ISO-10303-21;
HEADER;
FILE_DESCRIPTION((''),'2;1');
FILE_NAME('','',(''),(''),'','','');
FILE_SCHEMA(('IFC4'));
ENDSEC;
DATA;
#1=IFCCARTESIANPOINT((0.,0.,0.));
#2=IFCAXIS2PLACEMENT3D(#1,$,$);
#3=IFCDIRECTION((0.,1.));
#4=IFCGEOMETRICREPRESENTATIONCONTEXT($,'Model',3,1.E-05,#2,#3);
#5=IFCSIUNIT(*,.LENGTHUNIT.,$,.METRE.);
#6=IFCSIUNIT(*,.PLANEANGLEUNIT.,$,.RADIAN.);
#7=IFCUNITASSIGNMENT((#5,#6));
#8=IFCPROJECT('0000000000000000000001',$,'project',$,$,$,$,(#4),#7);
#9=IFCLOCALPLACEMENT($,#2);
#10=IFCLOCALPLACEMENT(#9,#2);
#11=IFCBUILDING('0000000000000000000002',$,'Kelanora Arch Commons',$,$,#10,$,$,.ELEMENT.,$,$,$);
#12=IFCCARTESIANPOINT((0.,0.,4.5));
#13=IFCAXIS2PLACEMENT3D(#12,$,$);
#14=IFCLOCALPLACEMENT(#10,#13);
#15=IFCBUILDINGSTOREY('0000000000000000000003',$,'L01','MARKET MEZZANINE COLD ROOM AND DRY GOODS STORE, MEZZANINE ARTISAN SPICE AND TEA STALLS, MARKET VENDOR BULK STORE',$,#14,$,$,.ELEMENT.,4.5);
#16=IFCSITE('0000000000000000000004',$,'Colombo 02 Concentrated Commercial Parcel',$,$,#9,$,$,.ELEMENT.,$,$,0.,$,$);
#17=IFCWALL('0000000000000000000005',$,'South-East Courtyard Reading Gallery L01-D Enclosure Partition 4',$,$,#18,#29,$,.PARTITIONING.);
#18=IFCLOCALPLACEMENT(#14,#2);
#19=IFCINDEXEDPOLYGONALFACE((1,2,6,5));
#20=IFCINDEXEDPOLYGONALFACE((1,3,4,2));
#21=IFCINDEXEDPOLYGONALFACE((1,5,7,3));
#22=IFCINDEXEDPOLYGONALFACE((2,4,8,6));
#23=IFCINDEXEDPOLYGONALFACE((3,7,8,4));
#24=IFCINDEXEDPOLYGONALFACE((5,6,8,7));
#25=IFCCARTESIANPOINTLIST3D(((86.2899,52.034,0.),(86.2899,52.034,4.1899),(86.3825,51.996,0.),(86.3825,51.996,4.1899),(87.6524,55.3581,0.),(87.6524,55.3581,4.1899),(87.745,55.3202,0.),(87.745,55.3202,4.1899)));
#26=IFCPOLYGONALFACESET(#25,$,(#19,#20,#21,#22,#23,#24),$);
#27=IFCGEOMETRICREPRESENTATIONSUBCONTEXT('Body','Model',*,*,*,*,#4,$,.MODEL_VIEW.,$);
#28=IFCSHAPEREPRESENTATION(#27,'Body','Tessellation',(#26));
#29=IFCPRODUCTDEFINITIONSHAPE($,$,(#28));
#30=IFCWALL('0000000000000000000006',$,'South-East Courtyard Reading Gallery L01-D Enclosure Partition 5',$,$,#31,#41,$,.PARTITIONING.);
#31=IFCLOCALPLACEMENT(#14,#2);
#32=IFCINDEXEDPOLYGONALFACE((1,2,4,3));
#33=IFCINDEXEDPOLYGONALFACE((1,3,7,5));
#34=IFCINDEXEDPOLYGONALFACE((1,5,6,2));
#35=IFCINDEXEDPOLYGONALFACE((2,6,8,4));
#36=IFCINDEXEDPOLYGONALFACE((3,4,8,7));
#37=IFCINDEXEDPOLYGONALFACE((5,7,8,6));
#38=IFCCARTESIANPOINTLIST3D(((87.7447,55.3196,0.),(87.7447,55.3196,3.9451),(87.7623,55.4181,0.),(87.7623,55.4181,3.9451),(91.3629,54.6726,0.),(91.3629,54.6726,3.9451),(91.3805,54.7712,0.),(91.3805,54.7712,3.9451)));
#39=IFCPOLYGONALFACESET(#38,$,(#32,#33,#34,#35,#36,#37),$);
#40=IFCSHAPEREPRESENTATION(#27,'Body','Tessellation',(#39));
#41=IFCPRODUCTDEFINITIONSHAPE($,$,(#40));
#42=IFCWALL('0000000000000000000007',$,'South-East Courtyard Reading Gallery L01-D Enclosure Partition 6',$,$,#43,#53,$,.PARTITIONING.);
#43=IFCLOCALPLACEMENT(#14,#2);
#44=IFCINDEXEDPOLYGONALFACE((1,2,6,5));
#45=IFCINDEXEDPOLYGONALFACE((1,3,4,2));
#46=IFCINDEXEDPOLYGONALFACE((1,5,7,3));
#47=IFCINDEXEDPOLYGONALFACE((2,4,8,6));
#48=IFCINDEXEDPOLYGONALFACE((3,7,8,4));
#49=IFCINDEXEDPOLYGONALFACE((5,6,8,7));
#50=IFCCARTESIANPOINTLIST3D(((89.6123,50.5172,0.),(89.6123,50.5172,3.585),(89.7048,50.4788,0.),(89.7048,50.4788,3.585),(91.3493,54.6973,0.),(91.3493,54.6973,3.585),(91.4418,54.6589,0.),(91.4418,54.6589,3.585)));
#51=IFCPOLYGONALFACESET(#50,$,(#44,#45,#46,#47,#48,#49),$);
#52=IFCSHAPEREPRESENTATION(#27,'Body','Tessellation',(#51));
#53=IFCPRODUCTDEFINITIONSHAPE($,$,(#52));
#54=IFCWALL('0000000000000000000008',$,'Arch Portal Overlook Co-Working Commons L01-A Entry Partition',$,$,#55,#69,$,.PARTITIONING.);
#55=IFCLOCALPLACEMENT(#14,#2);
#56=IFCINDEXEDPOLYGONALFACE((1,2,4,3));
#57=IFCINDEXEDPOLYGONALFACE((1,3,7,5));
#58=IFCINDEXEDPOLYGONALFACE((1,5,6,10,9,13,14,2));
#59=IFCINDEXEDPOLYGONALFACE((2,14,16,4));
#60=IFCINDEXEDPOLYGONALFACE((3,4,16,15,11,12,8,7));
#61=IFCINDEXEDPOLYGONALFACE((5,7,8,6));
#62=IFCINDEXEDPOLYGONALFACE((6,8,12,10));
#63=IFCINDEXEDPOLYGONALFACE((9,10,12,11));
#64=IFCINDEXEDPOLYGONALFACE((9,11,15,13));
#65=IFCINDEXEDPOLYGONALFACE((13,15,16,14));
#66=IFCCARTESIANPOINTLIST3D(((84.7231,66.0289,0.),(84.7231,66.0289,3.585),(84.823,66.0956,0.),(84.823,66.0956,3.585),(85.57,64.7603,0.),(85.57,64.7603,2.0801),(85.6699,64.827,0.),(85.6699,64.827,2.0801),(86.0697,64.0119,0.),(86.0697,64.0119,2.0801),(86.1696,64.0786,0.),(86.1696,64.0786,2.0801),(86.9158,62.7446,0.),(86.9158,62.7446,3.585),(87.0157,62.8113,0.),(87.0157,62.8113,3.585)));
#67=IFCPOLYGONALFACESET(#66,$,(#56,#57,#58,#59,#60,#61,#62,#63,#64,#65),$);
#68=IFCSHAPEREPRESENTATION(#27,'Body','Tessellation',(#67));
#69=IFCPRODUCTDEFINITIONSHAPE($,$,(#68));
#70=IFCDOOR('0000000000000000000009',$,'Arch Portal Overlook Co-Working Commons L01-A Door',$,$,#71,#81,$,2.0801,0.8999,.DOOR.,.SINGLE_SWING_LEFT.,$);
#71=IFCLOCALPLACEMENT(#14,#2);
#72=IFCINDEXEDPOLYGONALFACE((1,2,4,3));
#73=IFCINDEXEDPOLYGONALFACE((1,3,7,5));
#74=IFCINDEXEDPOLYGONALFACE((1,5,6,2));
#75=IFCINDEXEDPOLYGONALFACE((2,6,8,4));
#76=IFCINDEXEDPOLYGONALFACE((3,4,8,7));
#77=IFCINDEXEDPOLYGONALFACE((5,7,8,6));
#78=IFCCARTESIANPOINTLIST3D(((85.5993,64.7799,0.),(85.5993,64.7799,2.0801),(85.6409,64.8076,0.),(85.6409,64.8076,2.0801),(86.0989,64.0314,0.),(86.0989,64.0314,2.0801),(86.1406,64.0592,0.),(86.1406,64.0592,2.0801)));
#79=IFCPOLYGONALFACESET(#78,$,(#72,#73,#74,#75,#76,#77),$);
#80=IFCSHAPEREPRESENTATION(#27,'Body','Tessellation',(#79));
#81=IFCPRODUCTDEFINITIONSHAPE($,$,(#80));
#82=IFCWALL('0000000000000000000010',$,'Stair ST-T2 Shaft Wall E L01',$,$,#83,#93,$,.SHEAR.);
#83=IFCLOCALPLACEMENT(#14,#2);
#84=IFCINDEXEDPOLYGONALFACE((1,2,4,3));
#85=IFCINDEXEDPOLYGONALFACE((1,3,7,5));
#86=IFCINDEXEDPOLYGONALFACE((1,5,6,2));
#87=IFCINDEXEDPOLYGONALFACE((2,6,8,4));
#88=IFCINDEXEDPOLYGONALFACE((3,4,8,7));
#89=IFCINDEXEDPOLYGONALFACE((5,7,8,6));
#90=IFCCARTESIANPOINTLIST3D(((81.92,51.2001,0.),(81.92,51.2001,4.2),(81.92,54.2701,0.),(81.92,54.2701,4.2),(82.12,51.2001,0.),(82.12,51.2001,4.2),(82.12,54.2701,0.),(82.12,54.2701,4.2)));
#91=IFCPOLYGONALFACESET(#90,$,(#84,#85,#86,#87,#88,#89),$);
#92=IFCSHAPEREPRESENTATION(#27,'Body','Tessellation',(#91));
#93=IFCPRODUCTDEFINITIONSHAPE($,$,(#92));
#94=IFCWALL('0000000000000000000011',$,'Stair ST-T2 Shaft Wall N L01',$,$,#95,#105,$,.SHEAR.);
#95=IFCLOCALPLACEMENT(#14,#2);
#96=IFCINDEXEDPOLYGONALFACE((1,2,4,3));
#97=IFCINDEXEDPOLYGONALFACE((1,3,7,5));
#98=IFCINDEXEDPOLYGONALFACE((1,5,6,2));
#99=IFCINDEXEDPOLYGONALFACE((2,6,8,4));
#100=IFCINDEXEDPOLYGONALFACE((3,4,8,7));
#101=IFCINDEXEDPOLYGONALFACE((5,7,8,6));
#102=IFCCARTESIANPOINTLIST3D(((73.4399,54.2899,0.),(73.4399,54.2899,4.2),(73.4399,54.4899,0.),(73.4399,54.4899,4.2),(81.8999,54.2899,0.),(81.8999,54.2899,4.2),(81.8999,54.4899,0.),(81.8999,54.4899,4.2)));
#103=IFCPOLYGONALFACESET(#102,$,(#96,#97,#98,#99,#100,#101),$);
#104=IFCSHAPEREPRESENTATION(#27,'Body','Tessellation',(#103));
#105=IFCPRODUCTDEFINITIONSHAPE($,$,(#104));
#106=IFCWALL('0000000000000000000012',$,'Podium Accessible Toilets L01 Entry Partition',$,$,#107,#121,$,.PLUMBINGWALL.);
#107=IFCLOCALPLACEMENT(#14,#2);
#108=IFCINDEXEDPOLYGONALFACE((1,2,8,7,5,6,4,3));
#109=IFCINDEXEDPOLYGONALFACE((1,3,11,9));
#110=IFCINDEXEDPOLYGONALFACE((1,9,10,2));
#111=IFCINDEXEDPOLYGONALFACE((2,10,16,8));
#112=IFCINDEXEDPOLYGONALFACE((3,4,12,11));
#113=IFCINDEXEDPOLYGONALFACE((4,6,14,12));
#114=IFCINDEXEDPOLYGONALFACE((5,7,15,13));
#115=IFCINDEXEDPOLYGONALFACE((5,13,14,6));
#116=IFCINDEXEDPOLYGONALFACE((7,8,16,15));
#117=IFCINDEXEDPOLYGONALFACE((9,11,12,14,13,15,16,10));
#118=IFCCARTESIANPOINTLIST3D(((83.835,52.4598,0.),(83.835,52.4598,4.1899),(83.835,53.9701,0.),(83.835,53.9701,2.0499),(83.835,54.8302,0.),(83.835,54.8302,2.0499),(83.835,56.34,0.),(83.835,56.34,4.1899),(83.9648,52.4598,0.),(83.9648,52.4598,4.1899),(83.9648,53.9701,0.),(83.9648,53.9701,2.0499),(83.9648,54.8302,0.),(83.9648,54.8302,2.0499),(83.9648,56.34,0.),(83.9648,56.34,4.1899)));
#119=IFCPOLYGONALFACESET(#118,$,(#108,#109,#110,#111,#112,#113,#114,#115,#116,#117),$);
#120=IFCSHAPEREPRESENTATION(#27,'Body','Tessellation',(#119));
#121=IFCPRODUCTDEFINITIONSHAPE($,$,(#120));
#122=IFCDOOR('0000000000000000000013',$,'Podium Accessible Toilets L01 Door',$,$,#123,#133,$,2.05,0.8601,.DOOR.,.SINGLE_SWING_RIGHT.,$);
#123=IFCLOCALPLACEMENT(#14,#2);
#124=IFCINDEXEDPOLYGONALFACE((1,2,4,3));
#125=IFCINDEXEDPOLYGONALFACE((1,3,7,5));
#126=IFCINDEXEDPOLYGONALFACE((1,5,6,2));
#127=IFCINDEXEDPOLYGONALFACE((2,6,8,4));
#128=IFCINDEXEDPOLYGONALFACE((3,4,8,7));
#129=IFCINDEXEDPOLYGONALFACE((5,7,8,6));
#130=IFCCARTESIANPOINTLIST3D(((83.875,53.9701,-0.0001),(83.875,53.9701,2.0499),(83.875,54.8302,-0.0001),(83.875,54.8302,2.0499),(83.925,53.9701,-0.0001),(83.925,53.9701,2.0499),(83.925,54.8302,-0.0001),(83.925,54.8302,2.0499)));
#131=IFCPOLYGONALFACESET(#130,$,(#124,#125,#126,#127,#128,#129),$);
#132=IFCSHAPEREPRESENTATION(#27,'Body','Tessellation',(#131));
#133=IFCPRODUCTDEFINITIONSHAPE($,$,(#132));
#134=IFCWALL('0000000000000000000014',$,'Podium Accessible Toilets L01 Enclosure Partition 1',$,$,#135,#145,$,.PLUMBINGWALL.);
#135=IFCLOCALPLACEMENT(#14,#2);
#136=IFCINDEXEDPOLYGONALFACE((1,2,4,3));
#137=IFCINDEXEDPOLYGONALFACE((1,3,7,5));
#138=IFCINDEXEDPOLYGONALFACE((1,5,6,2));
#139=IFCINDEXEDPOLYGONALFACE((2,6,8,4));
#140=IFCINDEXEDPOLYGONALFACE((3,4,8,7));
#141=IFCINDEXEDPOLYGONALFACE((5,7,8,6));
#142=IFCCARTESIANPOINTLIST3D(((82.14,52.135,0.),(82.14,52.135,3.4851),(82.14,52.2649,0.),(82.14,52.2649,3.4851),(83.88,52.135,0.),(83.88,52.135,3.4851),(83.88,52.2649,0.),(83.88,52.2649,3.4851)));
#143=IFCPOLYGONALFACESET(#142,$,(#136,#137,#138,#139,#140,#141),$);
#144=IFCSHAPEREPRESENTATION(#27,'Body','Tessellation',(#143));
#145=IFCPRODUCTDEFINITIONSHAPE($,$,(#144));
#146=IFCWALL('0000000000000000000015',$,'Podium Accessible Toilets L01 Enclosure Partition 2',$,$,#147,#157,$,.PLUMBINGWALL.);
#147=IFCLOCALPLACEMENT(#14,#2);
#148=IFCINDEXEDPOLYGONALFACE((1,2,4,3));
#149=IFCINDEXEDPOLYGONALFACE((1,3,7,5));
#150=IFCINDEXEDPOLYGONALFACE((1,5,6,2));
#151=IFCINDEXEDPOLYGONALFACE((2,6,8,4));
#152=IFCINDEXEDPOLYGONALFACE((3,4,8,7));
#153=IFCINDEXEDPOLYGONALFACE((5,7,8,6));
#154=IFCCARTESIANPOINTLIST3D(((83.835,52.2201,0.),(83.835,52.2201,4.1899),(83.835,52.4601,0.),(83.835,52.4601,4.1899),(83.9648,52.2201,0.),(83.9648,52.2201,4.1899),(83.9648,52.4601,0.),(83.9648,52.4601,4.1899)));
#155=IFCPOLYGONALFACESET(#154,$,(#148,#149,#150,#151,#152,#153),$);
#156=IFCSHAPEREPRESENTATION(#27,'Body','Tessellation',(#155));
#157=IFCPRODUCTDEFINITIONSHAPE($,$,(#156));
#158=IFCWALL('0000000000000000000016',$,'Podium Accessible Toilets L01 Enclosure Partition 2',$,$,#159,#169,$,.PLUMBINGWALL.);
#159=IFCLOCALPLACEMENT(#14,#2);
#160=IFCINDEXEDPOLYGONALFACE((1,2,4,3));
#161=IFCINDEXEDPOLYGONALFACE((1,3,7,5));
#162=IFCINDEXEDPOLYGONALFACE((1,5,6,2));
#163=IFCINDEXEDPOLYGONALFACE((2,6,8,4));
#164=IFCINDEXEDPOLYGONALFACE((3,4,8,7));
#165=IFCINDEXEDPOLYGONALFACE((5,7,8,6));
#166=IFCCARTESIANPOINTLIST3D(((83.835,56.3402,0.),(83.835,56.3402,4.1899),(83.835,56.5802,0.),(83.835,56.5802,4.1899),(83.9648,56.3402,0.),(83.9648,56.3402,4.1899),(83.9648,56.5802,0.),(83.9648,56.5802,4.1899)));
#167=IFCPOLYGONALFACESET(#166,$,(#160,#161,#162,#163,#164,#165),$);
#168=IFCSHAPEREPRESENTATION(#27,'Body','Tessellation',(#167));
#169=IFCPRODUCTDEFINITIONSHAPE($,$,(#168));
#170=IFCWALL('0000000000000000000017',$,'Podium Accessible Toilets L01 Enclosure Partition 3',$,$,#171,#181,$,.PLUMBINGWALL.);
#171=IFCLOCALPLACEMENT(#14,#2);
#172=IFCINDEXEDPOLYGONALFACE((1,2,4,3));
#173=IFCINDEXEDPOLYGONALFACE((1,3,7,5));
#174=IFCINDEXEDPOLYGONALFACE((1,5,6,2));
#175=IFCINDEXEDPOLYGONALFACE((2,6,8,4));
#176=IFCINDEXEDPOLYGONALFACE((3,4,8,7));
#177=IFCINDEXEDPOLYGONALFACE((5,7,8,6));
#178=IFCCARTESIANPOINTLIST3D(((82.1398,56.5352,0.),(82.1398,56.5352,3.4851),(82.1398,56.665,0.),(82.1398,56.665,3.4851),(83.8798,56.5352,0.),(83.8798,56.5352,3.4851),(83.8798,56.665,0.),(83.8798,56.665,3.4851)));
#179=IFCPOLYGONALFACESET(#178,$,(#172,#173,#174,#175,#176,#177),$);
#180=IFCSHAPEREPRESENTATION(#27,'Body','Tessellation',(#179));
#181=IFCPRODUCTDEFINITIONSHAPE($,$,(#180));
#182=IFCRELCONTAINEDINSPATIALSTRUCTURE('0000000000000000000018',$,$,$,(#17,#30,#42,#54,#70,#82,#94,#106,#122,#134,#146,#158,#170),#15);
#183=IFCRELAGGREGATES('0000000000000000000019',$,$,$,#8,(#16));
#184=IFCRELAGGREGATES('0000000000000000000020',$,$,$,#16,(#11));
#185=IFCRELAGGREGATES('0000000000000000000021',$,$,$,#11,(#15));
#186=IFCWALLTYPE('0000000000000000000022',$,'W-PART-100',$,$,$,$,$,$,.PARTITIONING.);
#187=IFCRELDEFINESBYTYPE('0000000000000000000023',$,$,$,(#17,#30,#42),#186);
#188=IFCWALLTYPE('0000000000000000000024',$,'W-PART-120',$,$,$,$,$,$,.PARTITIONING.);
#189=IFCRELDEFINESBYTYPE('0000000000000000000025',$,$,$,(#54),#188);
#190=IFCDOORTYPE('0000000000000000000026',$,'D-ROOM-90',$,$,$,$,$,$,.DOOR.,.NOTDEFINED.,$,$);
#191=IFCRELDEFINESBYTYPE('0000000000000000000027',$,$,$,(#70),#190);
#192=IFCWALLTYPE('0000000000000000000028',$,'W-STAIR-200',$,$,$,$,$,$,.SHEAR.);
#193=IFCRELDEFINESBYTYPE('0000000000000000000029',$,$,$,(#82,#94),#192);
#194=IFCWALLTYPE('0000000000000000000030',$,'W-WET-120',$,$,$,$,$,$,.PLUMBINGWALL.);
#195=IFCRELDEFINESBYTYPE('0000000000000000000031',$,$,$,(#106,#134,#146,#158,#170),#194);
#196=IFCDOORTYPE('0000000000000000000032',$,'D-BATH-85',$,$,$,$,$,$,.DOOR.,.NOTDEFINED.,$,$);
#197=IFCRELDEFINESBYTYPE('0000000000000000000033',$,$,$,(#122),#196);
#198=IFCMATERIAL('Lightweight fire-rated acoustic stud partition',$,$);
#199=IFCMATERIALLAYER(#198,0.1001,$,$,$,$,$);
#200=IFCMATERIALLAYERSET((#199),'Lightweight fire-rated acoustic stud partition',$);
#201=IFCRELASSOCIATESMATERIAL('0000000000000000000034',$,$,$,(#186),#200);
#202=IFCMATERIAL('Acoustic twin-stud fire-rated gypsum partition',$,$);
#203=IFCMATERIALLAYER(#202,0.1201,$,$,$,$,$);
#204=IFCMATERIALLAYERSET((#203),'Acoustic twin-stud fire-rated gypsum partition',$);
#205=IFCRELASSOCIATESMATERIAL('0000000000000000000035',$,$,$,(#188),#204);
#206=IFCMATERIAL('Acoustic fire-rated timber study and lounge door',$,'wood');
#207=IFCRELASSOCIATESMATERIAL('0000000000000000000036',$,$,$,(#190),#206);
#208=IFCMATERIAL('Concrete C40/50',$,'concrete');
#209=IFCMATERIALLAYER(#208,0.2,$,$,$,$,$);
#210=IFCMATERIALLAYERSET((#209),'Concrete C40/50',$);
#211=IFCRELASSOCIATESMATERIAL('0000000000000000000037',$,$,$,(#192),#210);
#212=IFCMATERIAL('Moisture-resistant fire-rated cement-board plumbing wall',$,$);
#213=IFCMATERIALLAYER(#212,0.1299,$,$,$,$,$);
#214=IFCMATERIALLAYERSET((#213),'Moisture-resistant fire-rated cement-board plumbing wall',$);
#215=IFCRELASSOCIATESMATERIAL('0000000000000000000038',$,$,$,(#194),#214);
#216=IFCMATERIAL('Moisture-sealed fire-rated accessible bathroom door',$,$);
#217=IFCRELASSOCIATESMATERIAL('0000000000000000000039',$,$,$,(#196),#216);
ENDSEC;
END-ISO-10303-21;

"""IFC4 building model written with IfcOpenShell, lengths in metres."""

from ifc_helpers import new_model, si_unit, direction, frame, frame_2d, origin, place, context, subcontext, project, spatial, rectangle, extrude, material, layer, layer_set, type_object, element, fill, save


model = new_model("IFC4")

# Units and contexts
model_context = context("Model", 3, precision=1e-05, world=origin(), true_north=direction((0.0, 1.0)))
body_context = subcontext(model_context, "Body", "Model", "MODEL_VIEW")
ifc_project = project(units=[si_unit("LENGTHUNIT", "METRE"), si_unit("PLANEANGLEUNIT", "RADIAN")], contexts=[model_context])

# Site, building, storey
site_placement = place(None, origin())
site = spatial("IfcSite", under=ifc_project, at=site_placement, Name="Colombo 02 Concentrated Commercial Parcel", CompositionType="ELEMENT", RefElevation=0.0)
building_placement = place(site_placement, origin())
building = spatial("IfcBuilding", under=site, at=building_placement, Name="Kelanora Arch Commons", CompositionType="ELEMENT")
storey_placement = place(building_placement, frame((0.0, 0.0, 4.5)))
storey = spatial("IfcBuildingStorey", under=building, at=storey_placement, Name="L01", Description="MARKET MEZZANINE COLD ROOM AND DRY GOODS STORE, MEZZANINE ARTISAN SPICE AND TEA STALLS, MARKET VENDOR BULK STORE", CompositionType="ELEMENT", Elevation=4.5)

# Walls
ifc_material_1 = material(Name="Lightweight fire-rated acoustic stud partition")
ifc_layer_1 = layer(ifc_material_1, 0.1001)
ifc_layer_set_1 = layer_set([ifc_layer_1], Name="Lightweight fire-rated acoustic stud partition")
wall_type_1 = type_object("IfcWallType", Name="W-PART-100", PredefinedType="PARTITIONING", material=ifc_layer_set_1)
wall_1_placement = place(storey_placement, frame((86.3362, 52.0149, 0.0), z_axis=(0.0, 0.0, 1.0), x_axis=(0.379263, 0.925289, 0.0)))
element("IfcWall", 1, at=wall_1_placement, inside=storey, type_object=wall_type_1, Name="South-East Courtyard Reading Gallery L01-D Enclosure Partition 4", PredefinedType="PARTITIONING", context=body_context, shape_type="SweptSolid", body=[
    extrude(rectangle(XDim=3.5925, YDim=0.1001, at=frame_2d((1.7964, 0.0))), origin(), (0.0, 0.0, 1.0), 4.1899),
])
wall_2_placement = place(storey_placement, frame((87.7534, 55.3689, 0.0), z_axis=(0.0, 0.0, 1.0), x_axis=(0.984386, -0.176021, 0.0)))
element("IfcWall", 2, at=wall_2_placement, inside=storey, type_object=wall_type_1, Name="South-East Courtyard Reading Gallery L01-D Enclosure Partition 5", PredefinedType="PARTITIONING", context=body_context, shape_type="SweptSolid", body=[
    extrude(rectangle(XDim=3.6755, YDim=0.1001, at=frame_2d((1.8379, 0.0))), origin(), (0.0, 0.0, 1.0), 3.9451),
])
wall_3_placement = place(storey_placement, frame((91.3955, 54.678, 0.0), z_axis=(0.0, 0.0, 1.0), x_axis=(-0.383734, -0.923444, 0.0)))
element("IfcWall", 3, at=wall_3_placement, inside=storey, type_object=wall_type_1, Name="South-East Courtyard Reading Gallery L01-D Enclosure Partition 6", PredefinedType="PARTITIONING", context=body_context, shape_type="SweptSolid", body=[
    extrude(rectangle(XDim=4.5266, YDim=0.1001, at=frame_2d((2.2632, 0.0))), origin(), (0.0, 0.0, 1.0), 3.585),
])

# Wall, opening, door
ifc_material_2 = material(Name="Acoustic twin-stud fire-rated gypsum partition")
ifc_layer_2 = layer(ifc_material_2, 0.1201)
ifc_layer_set_2 = layer_set([ifc_layer_2], Name="Acoustic twin-stud fire-rated gypsum partition")
wall_type_2 = type_object("IfcWallType", Name="W-PART-120", PredefinedType="PARTITIONING", material=ifc_layer_set_2)
wall_4_placement = place(storey_placement, frame((86.9658, 62.7778, 0.0), z_axis=(0.0, 0.0, 1.0), x_axis=(-0.555257, 0.831679, 0.0)))
wall_4 = element("IfcWall", 4, at=wall_4_placement, inside=storey, type_object=wall_type_2, Name="Arch Portal Overlook Co-Working Commons L01-A Entry Partition", PredefinedType="PARTITIONING", context=body_context, shape_type="SweptSolid", body=[
    extrude(rectangle(XDim=3.949, YDim=0.1201, at=frame_2d((1.9746, 0.0))), origin(), (0.0, 0.0, 1.0), 3.585),
])
opening_1_placement = place(wall_4_placement, frame((1.5239, 0.0, 0.0)))
opening_1 = element("IfcOpeningElement", 5, at=opening_1_placement, cuts=wall_4, PredefinedType="OPENING", context=body_context, shape_type="SweptSolid", body=[
    extrude(rectangle(XDim=0.8999, YDim=2.0801, at=frame_2d((0.45, 1.04))), frame((0.0, 0.0701, 0.0), z_axis=(0.0, -1.0, 0.0), x_axis=(1.0, 0.0, 0.0)), (0.0, 0.0, 1.0), 0.1401),
])
ifc_material_3 = material(Name="Acoustic fire-rated timber study and lounge door", Category="wood")
door_type_1 = type_object("IfcDoorType", Name="D-ROOM-90", OperationType="NOTDEFINED", PredefinedType="DOOR", material=ifc_material_3)
door_1_placement = place(opening_1_placement, origin())
door_1 = element("IfcDoor", 6, at=door_1_placement, inside=storey, type_object=door_type_1, Name="Arch Portal Overlook Co-Working Commons L01-A Door", OperationType="SINGLE_SWING_LEFT", OverallHeight=2.0801, OverallWidth=0.8999, PredefinedType="DOOR", context=body_context, shape_type="SweptSolid", body=[
    extrude(rectangle(XDim=0.8999, YDim=2.0801, at=frame_2d((0.45, 1.04))), frame((0.0, 0.0249, 0.0), z_axis=(0.0, -1.0, 0.0), x_axis=(1.0, 0.0, 0.0)), (0.0, 0.0, 1.0), 0.05),
])
fill(opening_1, door_1)

# Walls
ifc_material_4 = material(Name="Concrete C40/50", Category="concrete")
ifc_layer_3 = layer(ifc_material_4, 0.2)
ifc_layer_set_3 = layer_set([ifc_layer_3], Name="Concrete C40/50")
wall_type_3 = type_object("IfcWallType", Name="W-STAIR-200", PredefinedType="SHEAR", material=ifc_layer_set_3)
wall_5_placement = place(storey_placement, frame((82.02, 51.2, 0.0), z_axis=(0.0, 0.0, 1.0), x_axis=(0.0, 1.0, 0.0)))
element("IfcWall", 7, at=wall_5_placement, inside=storey, type_object=wall_type_3, Name="Stair ST-T2 Shaft Wall E L01", PredefinedType="SHEAR", context=body_context, shape_type="SweptSolid", body=[
    extrude(rectangle(XDim=3.0701, YDim=0.2, at=frame_2d((1.5352, 0.0))), origin(), (0.0, 0.0, 1.0), 4.2),
])
wall_6_placement = place(storey_placement, frame((81.8999, 54.3899, 0.0), z_axis=(0.0, 0.0, 1.0), x_axis=(-1.0, 0.0, 0.0)))
element("IfcWall", 8, at=wall_6_placement, inside=storey, type_object=wall_type_3, Name="Stair ST-T2 Shaft Wall N L01", PredefinedType="SHEAR", context=body_context, shape_type="SweptSolid", body=[
    extrude(rectangle(XDim=8.46, YDim=0.2, at=frame_2d((4.23, 0.0))), origin(), (0.0, 0.0, 1.0), 4.2),
])

# Wall, opening, door
ifc_material_5 = material(Name="Moisture-resistant fire-rated cement-board plumbing wall")
ifc_layer_4 = layer(ifc_material_5, 0.1299)
ifc_layer_set_4 = layer_set([ifc_layer_4], Name="Moisture-resistant fire-rated cement-board plumbing wall")
wall_type_4 = type_object("IfcWallType", Name="W-WET-120", PredefinedType="PLUMBINGWALL", material=ifc_layer_set_4)
wall_7_placement = place(storey_placement, frame((83.8999, 52.46, 0.0), z_axis=(0.0, 0.0, 1.0), x_axis=(0.0, 1.0, 0.0)))
wall_7 = element("IfcWall", 9, at=wall_7_placement, inside=storey, type_object=wall_type_4, Name="Podium Accessible Toilets L01 Entry Partition", PredefinedType="PLUMBINGWALL", context=body_context, shape_type="SweptSolid", body=[
    extrude(rectangle(XDim=3.8801, YDim=0.1299, at=frame_2d((1.9399, 0.0))), origin(), (0.0, 0.0, 1.0), 4.1899),
])
opening_2_placement = place(wall_7_placement, frame((1.51, 0.0, 0.0)))
opening_2 = element("IfcOpeningElement", 10, at=opening_2_placement, cuts=wall_7, PredefinedType="OPENING", context=body_context, shape_type="SweptSolid", body=[
    extrude(rectangle(XDim=0.8601, YDim=2.05, at=frame_2d((0.4302, 1.0249))), frame((0.0, 0.075, 0.0), z_axis=(0.0, -1.0, 0.0), x_axis=(1.0, 0.0, 0.0)), (0.0, 0.0, 1.0), 0.1499),
])
ifc_material_6 = material(Name="Moisture-sealed fire-rated accessible bathroom door")
door_type_2 = type_object("IfcDoorType", Name="D-BATH-85", OperationType="NOTDEFINED", PredefinedType="DOOR", material=ifc_material_6)
door_2_placement = place(opening_2_placement, origin())
door_2 = element("IfcDoor", 11, at=door_2_placement, inside=storey, type_object=door_type_2, Name="Podium Accessible Toilets L01 Door", OperationType="SINGLE_SWING_RIGHT", OverallHeight=2.05, OverallWidth=0.8601, PredefinedType="DOOR", context=body_context, shape_type="SweptSolid", body=[
    extrude(rectangle(XDim=0.8601, YDim=2.05, at=frame_2d((0.4302, 1.0249))), frame((0.0, 0.0249, 0.0), z_axis=(0.0, -1.0, 0.0), x_axis=(1.0, 0.0, 0.0)), (0.0, 0.0, 1.0), 0.05),
])
fill(opening_2, door_2)

# Walls
wall_8_placement = place(storey_placement, frame((82.1399, 52.2, 0.0), z_axis=(0.0, 0.0, 1.0), x_axis=(1.0, 0.0, 0.0)))
element("IfcWall", 12, at=wall_8_placement, inside=storey, type_object=wall_type_4, Name="Podium Accessible Toilets L01 Enclosure Partition 1", PredefinedType="PLUMBINGWALL", context=body_context, shape_type="SweptSolid", body=[
    extrude(rectangle(XDim=1.74, YDim=0.1299, at=frame_2d((0.8701, 0.0))), origin(), (0.0, 0.0, 1.0), 3.4851),
])
for number, where, z_axis, x_axis, name in (
    (13, (83.8999, 52.22, 0.0), (0.0, 0.0, 1.0), (0.0, 1.0, 0.0), "Podium Accessible Toilets L01 Enclosure Partition 2"),
    (14, (83.8999, 56.3401, 0.0), (0.0, 0.0, 1.0), (0.0, 1.0, 0.0), "Podium Accessible Toilets L01 Enclosure Partition 2"),
):
    element("IfcWall", number, at=place(storey_placement, frame(where, z_axis=z_axis, x_axis=x_axis)), inside=storey, type_object=wall_type_4, Name=name, PredefinedType="PLUMBINGWALL", context=body_context, shape_type="SweptSolid", body=[
        extrude(rectangle(XDim=0.24, YDim=0.1299, at=frame_2d((0.1201, 0.0))), origin(), (0.0, 0.0, 1.0), 4.1899),
    ])
wall_9_placement = place(storey_placement, frame((83.8799, 56.6001, 0.0), z_axis=(0.0, 0.0, 1.0), x_axis=(-1.0, 0.0, 0.0)))
element("IfcWall", 15, at=wall_9_placement, inside=storey, type_object=wall_type_4, Name="Podium Accessible Toilets L01 Enclosure Partition 3", PredefinedType="PLUMBINGWALL", context=body_context, shape_type="SweptSolid", body=[
    extrude(rectangle(XDim=1.74, YDim=0.1299, at=frame_2d((0.8701, 0.0))), origin(), (0.0, 0.0, 1.0), 3.4851),
])

save(model, "model.ifc")
